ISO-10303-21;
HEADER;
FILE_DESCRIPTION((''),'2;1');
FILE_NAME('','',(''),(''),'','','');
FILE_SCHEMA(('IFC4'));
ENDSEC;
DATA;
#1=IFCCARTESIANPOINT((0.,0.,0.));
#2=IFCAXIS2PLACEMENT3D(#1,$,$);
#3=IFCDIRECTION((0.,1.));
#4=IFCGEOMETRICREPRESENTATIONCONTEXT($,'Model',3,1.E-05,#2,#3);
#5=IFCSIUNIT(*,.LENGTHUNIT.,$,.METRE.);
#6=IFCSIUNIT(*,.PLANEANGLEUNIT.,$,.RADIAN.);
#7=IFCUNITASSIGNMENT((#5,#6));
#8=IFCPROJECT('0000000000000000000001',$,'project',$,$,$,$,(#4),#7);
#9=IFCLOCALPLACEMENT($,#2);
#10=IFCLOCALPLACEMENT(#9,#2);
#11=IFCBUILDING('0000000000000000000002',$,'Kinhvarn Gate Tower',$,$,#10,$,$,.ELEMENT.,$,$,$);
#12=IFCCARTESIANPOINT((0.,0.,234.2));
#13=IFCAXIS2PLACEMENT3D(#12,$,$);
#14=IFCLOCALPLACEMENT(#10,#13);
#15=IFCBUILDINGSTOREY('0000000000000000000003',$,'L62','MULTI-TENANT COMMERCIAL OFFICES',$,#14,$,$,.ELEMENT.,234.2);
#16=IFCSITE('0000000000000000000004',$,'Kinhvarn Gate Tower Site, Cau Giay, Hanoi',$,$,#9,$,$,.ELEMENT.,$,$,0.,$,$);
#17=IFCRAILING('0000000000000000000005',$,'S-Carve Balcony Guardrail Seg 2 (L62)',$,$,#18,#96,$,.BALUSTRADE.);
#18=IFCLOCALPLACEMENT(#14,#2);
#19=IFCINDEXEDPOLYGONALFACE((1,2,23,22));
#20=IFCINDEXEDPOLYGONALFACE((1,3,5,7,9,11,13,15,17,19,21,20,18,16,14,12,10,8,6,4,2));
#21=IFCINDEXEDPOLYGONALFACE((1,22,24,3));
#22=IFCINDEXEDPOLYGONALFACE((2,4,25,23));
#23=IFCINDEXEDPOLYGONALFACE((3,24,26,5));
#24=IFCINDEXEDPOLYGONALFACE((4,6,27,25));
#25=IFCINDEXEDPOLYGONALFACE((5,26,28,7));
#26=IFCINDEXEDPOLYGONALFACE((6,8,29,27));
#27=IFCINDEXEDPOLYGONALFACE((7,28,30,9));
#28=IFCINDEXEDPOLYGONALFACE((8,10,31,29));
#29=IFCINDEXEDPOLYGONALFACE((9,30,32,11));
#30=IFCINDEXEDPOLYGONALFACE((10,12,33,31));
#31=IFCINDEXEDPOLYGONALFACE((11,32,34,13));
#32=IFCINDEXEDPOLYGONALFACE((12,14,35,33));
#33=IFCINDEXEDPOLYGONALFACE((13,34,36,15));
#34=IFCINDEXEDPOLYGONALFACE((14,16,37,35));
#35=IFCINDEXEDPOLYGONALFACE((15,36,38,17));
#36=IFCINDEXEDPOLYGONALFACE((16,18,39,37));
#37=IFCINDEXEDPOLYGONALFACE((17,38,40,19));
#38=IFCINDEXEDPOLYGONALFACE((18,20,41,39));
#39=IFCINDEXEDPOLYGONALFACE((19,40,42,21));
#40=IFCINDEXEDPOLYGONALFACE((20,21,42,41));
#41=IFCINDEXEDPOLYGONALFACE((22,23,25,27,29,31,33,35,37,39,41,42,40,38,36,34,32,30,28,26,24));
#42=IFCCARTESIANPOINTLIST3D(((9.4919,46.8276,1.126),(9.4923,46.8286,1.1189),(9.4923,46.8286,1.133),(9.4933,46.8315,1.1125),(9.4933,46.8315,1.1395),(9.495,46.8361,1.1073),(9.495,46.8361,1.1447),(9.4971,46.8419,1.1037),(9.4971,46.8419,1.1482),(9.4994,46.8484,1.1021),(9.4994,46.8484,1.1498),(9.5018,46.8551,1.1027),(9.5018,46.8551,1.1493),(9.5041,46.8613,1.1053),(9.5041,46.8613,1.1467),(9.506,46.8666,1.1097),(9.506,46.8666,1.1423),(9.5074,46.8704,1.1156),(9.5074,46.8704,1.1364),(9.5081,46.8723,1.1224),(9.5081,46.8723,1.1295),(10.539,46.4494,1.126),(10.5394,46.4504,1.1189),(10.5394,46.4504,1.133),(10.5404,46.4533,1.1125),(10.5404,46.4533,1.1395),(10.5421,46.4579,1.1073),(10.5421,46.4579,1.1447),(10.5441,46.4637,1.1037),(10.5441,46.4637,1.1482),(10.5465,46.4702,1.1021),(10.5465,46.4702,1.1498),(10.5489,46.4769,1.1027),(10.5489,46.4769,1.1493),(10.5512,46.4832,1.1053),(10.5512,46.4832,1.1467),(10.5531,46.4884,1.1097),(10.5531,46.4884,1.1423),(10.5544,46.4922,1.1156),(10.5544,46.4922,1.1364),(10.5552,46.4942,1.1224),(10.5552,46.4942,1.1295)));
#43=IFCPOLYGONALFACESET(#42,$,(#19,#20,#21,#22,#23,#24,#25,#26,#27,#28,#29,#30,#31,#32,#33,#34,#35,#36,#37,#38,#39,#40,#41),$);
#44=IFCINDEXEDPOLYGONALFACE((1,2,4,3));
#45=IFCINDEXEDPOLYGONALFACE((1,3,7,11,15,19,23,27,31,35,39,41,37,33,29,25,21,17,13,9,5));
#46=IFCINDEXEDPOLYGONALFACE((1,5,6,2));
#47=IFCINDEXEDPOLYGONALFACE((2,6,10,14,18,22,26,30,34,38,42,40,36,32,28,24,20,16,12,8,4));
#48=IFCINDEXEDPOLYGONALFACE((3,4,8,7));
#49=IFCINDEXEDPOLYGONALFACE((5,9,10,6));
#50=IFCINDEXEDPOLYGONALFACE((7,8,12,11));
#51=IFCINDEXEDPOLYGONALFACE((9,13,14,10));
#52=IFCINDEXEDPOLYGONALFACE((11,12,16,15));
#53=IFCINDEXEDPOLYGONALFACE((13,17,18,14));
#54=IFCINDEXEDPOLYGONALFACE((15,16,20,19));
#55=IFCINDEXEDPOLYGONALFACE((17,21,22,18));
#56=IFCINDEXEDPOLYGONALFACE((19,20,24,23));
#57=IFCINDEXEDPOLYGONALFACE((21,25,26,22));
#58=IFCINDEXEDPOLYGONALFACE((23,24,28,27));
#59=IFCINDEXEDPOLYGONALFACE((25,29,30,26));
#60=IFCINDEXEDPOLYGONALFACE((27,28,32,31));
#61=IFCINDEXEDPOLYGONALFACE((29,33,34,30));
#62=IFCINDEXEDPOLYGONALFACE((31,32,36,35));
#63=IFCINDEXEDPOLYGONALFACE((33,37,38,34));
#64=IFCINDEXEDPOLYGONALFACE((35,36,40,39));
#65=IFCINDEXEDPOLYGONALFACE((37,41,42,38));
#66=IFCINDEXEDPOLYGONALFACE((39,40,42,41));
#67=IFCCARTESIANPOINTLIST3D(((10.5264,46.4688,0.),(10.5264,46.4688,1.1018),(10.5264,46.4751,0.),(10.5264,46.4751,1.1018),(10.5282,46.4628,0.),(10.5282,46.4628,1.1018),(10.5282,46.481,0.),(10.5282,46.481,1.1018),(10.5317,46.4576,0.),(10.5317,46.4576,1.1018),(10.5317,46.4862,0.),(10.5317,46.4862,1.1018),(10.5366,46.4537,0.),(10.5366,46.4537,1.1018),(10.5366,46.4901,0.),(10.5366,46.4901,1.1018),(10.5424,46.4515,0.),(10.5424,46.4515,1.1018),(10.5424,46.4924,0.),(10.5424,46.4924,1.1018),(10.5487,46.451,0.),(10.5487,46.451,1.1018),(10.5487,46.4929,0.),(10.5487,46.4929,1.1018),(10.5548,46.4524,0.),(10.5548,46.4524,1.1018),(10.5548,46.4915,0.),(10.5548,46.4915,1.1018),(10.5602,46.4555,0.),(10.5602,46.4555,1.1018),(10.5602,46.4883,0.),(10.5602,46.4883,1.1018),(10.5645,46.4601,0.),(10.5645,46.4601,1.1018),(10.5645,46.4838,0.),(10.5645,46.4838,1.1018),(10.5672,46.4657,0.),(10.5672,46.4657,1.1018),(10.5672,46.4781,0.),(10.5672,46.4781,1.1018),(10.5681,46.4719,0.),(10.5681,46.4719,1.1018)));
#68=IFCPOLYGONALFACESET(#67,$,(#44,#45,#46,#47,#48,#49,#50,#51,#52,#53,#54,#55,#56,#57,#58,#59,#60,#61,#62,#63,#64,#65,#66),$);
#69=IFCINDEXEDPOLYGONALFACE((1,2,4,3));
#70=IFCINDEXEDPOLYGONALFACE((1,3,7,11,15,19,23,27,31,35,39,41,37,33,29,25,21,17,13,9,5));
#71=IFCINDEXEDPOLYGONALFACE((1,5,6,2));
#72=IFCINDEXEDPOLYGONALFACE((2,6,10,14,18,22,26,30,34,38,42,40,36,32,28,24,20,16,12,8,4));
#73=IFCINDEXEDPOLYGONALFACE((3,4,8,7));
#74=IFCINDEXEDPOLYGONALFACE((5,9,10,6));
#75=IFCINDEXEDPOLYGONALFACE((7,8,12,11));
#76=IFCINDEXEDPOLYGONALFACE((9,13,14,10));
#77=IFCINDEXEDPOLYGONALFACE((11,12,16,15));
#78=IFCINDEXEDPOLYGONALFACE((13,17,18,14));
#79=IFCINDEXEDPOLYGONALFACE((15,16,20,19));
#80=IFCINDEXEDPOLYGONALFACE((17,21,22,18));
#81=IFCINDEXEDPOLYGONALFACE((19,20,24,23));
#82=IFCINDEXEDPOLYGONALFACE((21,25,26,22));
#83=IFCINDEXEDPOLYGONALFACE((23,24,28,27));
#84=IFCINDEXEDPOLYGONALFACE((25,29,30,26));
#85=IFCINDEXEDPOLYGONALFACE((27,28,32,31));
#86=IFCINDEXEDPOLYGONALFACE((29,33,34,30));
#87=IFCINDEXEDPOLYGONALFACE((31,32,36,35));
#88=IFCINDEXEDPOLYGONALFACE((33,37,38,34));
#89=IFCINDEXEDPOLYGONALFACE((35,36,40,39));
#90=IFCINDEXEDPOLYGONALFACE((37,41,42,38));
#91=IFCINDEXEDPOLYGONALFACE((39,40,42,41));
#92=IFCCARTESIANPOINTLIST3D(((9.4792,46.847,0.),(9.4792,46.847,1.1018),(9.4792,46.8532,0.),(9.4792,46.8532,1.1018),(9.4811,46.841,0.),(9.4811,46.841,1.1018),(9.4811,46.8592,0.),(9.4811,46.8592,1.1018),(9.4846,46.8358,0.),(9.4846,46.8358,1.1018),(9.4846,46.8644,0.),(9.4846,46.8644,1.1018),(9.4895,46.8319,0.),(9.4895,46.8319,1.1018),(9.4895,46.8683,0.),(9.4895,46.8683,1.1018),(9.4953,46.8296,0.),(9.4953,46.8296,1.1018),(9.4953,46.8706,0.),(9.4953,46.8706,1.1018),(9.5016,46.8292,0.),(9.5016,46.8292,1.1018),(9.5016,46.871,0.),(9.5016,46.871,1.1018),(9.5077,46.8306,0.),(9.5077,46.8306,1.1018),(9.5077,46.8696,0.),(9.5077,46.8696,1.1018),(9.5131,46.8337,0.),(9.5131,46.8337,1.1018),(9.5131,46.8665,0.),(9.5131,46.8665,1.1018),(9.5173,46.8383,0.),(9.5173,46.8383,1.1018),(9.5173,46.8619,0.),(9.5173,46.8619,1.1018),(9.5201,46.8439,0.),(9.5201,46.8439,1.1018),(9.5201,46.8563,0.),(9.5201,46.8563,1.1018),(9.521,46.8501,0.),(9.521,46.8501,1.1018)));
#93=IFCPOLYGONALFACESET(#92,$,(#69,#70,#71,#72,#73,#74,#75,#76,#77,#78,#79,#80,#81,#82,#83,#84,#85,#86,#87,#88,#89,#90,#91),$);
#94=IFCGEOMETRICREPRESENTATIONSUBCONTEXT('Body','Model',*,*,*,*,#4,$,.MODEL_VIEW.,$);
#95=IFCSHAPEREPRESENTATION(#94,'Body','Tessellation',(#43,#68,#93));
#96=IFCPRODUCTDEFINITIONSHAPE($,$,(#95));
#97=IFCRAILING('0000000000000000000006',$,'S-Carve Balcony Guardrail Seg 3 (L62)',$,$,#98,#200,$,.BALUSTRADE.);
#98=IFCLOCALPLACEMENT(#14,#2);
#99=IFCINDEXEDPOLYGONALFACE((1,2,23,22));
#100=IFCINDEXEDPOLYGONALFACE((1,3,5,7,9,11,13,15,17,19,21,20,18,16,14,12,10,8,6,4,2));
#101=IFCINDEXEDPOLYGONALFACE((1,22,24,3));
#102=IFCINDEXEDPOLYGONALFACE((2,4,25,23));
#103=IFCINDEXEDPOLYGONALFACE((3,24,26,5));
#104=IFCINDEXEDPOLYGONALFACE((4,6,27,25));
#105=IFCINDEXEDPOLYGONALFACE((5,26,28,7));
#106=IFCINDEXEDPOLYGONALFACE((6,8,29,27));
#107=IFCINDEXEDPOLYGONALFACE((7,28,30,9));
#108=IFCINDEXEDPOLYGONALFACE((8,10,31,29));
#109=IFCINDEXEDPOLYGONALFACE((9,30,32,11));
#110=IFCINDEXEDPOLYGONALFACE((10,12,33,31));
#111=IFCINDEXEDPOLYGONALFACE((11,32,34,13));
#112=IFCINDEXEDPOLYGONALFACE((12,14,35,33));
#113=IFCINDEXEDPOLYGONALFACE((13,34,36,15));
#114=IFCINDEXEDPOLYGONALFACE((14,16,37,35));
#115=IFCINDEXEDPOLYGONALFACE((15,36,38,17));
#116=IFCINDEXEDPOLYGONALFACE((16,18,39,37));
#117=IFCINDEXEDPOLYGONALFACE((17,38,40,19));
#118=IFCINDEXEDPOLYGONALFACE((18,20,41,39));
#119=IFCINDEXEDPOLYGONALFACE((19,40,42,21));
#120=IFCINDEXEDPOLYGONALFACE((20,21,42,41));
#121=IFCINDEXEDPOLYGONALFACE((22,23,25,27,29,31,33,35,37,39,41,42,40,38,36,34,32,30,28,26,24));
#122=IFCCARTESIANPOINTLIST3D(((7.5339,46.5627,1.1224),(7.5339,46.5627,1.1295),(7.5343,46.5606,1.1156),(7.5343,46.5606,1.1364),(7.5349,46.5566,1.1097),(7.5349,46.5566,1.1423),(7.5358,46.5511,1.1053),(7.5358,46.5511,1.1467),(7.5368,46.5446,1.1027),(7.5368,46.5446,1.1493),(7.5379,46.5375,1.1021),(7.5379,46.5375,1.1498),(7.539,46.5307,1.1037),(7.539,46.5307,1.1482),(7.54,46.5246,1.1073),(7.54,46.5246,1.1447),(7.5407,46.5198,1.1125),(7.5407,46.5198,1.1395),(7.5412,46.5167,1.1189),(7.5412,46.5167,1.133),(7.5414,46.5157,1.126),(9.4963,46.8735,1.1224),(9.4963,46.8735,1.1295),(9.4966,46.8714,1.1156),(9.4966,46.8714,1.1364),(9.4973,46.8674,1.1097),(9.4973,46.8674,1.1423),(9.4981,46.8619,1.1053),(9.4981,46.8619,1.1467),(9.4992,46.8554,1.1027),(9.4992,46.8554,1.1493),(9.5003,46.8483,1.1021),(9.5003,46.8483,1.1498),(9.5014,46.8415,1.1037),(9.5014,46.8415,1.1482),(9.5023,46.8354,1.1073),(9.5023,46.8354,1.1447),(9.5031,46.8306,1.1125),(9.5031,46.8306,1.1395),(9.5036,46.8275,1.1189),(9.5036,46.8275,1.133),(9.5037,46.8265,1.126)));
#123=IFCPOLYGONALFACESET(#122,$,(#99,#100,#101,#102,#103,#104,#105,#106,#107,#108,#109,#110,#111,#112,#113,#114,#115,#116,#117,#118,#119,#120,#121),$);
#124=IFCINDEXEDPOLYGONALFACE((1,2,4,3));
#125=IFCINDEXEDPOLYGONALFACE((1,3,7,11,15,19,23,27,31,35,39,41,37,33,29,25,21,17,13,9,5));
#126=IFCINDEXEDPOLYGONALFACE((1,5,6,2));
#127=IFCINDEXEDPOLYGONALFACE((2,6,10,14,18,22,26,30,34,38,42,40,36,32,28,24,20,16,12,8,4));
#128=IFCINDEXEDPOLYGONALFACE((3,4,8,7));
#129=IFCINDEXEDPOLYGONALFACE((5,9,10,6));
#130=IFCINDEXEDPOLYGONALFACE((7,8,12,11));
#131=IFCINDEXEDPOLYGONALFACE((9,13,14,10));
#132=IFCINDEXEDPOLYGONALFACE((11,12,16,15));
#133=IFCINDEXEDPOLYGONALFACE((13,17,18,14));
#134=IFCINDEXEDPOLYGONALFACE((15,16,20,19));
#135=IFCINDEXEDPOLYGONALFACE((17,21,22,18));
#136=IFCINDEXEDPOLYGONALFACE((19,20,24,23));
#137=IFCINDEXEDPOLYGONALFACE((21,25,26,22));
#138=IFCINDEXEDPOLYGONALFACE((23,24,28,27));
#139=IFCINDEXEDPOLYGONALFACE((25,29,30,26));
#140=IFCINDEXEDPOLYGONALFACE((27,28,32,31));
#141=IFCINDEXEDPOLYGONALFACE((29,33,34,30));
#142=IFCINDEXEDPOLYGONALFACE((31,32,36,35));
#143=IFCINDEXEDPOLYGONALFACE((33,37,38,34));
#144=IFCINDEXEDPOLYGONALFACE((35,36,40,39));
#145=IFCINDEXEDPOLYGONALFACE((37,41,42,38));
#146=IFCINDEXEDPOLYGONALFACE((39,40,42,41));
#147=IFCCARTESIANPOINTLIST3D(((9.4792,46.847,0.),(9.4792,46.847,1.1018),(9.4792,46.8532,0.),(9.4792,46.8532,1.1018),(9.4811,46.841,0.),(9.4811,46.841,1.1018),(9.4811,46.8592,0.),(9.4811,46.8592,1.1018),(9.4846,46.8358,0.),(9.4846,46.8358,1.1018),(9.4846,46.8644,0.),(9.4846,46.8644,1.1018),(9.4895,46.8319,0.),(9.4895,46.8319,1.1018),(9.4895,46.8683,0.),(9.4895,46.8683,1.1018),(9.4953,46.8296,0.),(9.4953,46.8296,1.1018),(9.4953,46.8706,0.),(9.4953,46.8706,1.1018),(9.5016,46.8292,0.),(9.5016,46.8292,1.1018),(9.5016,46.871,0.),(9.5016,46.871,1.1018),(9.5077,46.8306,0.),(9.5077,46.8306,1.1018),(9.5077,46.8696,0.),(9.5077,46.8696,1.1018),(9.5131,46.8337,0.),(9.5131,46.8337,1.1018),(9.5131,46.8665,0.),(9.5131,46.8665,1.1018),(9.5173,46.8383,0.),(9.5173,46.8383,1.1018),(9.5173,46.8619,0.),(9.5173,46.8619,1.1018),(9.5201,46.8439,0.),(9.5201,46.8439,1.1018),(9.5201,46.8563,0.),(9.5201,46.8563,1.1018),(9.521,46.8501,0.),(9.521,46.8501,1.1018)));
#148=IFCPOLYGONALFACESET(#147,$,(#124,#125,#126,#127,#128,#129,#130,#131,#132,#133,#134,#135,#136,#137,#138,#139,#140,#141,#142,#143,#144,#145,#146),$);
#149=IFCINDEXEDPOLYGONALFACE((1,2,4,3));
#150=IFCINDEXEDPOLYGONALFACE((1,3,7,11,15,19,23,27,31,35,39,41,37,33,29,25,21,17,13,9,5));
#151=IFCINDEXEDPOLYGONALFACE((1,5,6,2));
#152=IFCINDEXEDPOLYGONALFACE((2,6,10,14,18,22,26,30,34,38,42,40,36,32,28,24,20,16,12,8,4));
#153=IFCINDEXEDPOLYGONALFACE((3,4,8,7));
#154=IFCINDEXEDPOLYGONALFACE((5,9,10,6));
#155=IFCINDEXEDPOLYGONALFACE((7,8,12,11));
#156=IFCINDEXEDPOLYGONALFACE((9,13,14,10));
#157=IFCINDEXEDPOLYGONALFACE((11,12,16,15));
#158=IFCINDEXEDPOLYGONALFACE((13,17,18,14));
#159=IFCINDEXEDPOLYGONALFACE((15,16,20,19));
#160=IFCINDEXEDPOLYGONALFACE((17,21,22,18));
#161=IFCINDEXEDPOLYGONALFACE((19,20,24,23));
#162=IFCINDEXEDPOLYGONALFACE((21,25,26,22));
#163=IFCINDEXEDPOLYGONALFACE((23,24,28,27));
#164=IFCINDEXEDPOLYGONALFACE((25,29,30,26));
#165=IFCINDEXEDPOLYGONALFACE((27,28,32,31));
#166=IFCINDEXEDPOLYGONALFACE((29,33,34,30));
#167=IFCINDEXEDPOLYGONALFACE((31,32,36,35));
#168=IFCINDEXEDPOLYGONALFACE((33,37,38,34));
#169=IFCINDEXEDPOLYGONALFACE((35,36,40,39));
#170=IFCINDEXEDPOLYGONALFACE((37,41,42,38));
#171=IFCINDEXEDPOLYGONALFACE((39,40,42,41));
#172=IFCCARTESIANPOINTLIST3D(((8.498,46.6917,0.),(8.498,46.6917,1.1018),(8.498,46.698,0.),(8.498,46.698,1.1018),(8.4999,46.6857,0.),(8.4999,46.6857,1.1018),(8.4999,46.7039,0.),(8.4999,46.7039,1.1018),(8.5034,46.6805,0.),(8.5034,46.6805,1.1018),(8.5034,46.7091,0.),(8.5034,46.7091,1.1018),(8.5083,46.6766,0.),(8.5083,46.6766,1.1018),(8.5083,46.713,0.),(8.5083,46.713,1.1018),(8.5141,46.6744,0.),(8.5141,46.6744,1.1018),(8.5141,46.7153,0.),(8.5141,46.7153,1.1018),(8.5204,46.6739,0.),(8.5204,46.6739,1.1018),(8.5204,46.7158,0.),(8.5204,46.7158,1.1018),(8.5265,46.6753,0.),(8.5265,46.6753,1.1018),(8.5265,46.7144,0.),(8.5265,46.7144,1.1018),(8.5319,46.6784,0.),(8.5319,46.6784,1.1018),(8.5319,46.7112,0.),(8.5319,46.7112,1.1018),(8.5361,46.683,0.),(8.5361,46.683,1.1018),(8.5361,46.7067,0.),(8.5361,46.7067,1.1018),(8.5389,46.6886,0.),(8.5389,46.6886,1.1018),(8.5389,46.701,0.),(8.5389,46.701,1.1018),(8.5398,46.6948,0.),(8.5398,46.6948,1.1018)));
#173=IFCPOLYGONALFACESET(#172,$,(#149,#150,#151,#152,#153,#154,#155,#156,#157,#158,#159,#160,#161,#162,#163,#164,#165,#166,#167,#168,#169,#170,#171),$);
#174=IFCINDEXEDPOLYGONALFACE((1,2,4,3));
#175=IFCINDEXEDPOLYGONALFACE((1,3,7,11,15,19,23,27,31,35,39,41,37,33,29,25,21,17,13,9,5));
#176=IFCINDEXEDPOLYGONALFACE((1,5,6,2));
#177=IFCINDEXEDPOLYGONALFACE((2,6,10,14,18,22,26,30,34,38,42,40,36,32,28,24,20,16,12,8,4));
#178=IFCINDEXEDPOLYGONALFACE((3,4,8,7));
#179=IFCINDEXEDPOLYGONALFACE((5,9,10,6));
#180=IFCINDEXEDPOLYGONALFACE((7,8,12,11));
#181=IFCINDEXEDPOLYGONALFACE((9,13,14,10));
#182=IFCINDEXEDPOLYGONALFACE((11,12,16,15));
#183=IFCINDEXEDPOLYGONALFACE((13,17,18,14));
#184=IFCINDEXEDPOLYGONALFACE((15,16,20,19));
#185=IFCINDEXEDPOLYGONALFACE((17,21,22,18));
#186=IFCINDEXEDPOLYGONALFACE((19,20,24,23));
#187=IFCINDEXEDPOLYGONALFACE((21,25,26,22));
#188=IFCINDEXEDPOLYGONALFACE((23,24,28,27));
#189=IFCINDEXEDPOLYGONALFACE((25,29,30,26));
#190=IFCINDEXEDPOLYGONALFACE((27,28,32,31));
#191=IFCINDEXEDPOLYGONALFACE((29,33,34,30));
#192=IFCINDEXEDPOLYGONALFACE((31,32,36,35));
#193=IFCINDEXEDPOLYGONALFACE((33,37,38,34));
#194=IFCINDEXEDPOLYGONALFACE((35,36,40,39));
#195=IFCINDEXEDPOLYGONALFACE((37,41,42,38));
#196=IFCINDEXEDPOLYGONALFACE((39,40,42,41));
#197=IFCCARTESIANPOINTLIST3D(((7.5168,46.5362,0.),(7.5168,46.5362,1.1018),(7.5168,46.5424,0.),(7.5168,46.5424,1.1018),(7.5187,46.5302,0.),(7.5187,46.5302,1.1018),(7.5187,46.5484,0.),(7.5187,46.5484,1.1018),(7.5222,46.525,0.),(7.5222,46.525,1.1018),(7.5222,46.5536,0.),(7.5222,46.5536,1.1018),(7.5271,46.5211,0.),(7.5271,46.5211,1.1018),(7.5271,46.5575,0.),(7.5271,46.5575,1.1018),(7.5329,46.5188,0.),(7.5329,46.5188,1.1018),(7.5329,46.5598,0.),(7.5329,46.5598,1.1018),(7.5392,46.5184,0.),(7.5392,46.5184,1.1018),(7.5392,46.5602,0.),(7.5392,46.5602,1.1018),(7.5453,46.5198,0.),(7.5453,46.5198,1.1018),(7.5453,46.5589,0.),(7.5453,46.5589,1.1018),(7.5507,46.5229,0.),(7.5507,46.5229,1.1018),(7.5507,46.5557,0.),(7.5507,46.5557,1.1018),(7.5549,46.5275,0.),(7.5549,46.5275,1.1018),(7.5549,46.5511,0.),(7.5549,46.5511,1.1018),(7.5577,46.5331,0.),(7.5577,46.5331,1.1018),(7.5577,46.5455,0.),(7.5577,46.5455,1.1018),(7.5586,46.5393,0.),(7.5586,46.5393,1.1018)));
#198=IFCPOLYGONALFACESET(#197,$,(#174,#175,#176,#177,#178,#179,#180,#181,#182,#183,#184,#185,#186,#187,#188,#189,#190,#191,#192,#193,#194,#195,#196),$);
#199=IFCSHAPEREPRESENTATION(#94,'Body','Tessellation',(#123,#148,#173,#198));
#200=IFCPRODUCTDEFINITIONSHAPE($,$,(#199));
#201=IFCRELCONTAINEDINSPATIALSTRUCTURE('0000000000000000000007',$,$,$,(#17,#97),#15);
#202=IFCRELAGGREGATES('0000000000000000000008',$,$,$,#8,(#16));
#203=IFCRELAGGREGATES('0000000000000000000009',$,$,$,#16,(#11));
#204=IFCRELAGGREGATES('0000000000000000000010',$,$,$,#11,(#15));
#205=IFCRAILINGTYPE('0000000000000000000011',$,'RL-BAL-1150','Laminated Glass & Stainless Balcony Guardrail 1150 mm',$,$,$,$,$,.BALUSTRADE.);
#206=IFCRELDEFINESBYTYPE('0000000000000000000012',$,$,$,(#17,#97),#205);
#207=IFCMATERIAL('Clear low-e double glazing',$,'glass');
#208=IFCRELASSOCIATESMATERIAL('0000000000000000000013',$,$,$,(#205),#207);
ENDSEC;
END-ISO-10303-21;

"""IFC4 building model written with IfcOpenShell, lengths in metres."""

from ifc_helpers import new_model, si_unit, direction, frame, origin, origin_2d, place, context, subcontext, project, spatial, circle, extrude, material, type_object, element, save


model = new_model("IFC4")

# Units and contexts
model_context = context("Model", 3, precision=1e-05, world=origin(), true_north=direction((0.0, 1.0)))
body_context = subcontext(model_context, "Body", "Model", "MODEL_VIEW")
ifc_project = project(units=[si_unit("LENGTHUNIT", "METRE"), si_unit("PLANEANGLEUNIT", "RADIAN")], contexts=[model_context])

# Site, building, storey
site_placement = place(None, origin())
site = spatial("IfcSite", under=ifc_project, at=site_placement, Name="Kinhvarn Gate Tower Site, Cau Giay, Hanoi", CompositionType="ELEMENT", RefElevation=0.0)
building_placement = place(site_placement, origin())
building = spatial("IfcBuilding", under=site, at=building_placement, Name="Kinhvarn Gate Tower", CompositionType="ELEMENT")
storey_placement = place(building_placement, frame((0.0, 0.0, 234.2)))
storey = spatial("IfcBuildingStorey", under=building, at=storey_placement, Name="L62", Description="MULTI-TENANT COMMERCIAL OFFICES", CompositionType="ELEMENT", Elevation=234.2)

# Shared definitions
ifc_material_1 = material(Name="Clear low-e double glazing", Category="glass")

# Railings
railing_type = type_object("IfcRailingType", Name="RL-BAL-1150", Description="Laminated Glass & Stainless Balcony Guardrail 1150 mm", PredefinedType="BALUSTRADE", material=ifc_material_1)
railing_1_placement = place(storey_placement, frame((10.5471, 46.4719, 0.0)))
element("IfcRailing", 1, at=railing_1_placement, inside=storey, type_object=railing_type, Name="S-Carve Balcony Guardrail Seg 2 (L62)", PredefinedType="BALUSTRADE", context=body_context, shape_type="SweptSolid", body=[
    extrude(circle(Radius=0.0239, at=origin_2d()), frame((0.0, 0.0, 1.126), z_axis=(-0.94054, 0.339682, 0.0), x_axis=(-0.339682, -0.94054, 0.0)), (0.0, 0.0, 1.0), 1.1133),
    extrude(circle(Radius=0.021, at=origin_2d()), origin(), (0.0, 0.0, 1.0), 1.1018),
    extrude(circle(Radius=0.021, at=origin_2d()), frame((-1.0471, 0.3782, 0.0)), (0.0, 0.0, 1.0), 1.1018),
])
railing_2_placement = place(storey_placement, frame((9.5, 46.8501, 0.0)))
element("IfcRailing", 2, at=railing_2_placement, inside=storey, type_object=railing_type, Name="S-Carve Balcony Guardrail Seg 3 (L62)", PredefinedType="BALUSTRADE", context=body_context, shape_type="SweptSolid", body=[
    extrude(circle(Radius=0.0239, at=origin_2d()), frame((0.0, 0.0, 1.126), z_axis=(-0.98769, -0.156423, 0.0), x_axis=(0.156423, -0.98769, 0.0)), (0.0, 0.0, 1.0), 1.9868),
    extrude(circle(Radius=0.021, at=origin_2d()), origin(), (0.0, 0.0, 1.0), 1.1018),
    extrude(circle(Radius=0.021, at=origin_2d()), frame((-0.9812, -0.1553, 0.0)), (0.0, 0.0, 1.0), 1.1018),
    extrude(circle(Radius=0.021, at=origin_2d()), frame((-1.9624, -0.3108, 0.0)), (0.0, 0.0, 1.0), 1.1018),
])

save(model, "model.ifc")
